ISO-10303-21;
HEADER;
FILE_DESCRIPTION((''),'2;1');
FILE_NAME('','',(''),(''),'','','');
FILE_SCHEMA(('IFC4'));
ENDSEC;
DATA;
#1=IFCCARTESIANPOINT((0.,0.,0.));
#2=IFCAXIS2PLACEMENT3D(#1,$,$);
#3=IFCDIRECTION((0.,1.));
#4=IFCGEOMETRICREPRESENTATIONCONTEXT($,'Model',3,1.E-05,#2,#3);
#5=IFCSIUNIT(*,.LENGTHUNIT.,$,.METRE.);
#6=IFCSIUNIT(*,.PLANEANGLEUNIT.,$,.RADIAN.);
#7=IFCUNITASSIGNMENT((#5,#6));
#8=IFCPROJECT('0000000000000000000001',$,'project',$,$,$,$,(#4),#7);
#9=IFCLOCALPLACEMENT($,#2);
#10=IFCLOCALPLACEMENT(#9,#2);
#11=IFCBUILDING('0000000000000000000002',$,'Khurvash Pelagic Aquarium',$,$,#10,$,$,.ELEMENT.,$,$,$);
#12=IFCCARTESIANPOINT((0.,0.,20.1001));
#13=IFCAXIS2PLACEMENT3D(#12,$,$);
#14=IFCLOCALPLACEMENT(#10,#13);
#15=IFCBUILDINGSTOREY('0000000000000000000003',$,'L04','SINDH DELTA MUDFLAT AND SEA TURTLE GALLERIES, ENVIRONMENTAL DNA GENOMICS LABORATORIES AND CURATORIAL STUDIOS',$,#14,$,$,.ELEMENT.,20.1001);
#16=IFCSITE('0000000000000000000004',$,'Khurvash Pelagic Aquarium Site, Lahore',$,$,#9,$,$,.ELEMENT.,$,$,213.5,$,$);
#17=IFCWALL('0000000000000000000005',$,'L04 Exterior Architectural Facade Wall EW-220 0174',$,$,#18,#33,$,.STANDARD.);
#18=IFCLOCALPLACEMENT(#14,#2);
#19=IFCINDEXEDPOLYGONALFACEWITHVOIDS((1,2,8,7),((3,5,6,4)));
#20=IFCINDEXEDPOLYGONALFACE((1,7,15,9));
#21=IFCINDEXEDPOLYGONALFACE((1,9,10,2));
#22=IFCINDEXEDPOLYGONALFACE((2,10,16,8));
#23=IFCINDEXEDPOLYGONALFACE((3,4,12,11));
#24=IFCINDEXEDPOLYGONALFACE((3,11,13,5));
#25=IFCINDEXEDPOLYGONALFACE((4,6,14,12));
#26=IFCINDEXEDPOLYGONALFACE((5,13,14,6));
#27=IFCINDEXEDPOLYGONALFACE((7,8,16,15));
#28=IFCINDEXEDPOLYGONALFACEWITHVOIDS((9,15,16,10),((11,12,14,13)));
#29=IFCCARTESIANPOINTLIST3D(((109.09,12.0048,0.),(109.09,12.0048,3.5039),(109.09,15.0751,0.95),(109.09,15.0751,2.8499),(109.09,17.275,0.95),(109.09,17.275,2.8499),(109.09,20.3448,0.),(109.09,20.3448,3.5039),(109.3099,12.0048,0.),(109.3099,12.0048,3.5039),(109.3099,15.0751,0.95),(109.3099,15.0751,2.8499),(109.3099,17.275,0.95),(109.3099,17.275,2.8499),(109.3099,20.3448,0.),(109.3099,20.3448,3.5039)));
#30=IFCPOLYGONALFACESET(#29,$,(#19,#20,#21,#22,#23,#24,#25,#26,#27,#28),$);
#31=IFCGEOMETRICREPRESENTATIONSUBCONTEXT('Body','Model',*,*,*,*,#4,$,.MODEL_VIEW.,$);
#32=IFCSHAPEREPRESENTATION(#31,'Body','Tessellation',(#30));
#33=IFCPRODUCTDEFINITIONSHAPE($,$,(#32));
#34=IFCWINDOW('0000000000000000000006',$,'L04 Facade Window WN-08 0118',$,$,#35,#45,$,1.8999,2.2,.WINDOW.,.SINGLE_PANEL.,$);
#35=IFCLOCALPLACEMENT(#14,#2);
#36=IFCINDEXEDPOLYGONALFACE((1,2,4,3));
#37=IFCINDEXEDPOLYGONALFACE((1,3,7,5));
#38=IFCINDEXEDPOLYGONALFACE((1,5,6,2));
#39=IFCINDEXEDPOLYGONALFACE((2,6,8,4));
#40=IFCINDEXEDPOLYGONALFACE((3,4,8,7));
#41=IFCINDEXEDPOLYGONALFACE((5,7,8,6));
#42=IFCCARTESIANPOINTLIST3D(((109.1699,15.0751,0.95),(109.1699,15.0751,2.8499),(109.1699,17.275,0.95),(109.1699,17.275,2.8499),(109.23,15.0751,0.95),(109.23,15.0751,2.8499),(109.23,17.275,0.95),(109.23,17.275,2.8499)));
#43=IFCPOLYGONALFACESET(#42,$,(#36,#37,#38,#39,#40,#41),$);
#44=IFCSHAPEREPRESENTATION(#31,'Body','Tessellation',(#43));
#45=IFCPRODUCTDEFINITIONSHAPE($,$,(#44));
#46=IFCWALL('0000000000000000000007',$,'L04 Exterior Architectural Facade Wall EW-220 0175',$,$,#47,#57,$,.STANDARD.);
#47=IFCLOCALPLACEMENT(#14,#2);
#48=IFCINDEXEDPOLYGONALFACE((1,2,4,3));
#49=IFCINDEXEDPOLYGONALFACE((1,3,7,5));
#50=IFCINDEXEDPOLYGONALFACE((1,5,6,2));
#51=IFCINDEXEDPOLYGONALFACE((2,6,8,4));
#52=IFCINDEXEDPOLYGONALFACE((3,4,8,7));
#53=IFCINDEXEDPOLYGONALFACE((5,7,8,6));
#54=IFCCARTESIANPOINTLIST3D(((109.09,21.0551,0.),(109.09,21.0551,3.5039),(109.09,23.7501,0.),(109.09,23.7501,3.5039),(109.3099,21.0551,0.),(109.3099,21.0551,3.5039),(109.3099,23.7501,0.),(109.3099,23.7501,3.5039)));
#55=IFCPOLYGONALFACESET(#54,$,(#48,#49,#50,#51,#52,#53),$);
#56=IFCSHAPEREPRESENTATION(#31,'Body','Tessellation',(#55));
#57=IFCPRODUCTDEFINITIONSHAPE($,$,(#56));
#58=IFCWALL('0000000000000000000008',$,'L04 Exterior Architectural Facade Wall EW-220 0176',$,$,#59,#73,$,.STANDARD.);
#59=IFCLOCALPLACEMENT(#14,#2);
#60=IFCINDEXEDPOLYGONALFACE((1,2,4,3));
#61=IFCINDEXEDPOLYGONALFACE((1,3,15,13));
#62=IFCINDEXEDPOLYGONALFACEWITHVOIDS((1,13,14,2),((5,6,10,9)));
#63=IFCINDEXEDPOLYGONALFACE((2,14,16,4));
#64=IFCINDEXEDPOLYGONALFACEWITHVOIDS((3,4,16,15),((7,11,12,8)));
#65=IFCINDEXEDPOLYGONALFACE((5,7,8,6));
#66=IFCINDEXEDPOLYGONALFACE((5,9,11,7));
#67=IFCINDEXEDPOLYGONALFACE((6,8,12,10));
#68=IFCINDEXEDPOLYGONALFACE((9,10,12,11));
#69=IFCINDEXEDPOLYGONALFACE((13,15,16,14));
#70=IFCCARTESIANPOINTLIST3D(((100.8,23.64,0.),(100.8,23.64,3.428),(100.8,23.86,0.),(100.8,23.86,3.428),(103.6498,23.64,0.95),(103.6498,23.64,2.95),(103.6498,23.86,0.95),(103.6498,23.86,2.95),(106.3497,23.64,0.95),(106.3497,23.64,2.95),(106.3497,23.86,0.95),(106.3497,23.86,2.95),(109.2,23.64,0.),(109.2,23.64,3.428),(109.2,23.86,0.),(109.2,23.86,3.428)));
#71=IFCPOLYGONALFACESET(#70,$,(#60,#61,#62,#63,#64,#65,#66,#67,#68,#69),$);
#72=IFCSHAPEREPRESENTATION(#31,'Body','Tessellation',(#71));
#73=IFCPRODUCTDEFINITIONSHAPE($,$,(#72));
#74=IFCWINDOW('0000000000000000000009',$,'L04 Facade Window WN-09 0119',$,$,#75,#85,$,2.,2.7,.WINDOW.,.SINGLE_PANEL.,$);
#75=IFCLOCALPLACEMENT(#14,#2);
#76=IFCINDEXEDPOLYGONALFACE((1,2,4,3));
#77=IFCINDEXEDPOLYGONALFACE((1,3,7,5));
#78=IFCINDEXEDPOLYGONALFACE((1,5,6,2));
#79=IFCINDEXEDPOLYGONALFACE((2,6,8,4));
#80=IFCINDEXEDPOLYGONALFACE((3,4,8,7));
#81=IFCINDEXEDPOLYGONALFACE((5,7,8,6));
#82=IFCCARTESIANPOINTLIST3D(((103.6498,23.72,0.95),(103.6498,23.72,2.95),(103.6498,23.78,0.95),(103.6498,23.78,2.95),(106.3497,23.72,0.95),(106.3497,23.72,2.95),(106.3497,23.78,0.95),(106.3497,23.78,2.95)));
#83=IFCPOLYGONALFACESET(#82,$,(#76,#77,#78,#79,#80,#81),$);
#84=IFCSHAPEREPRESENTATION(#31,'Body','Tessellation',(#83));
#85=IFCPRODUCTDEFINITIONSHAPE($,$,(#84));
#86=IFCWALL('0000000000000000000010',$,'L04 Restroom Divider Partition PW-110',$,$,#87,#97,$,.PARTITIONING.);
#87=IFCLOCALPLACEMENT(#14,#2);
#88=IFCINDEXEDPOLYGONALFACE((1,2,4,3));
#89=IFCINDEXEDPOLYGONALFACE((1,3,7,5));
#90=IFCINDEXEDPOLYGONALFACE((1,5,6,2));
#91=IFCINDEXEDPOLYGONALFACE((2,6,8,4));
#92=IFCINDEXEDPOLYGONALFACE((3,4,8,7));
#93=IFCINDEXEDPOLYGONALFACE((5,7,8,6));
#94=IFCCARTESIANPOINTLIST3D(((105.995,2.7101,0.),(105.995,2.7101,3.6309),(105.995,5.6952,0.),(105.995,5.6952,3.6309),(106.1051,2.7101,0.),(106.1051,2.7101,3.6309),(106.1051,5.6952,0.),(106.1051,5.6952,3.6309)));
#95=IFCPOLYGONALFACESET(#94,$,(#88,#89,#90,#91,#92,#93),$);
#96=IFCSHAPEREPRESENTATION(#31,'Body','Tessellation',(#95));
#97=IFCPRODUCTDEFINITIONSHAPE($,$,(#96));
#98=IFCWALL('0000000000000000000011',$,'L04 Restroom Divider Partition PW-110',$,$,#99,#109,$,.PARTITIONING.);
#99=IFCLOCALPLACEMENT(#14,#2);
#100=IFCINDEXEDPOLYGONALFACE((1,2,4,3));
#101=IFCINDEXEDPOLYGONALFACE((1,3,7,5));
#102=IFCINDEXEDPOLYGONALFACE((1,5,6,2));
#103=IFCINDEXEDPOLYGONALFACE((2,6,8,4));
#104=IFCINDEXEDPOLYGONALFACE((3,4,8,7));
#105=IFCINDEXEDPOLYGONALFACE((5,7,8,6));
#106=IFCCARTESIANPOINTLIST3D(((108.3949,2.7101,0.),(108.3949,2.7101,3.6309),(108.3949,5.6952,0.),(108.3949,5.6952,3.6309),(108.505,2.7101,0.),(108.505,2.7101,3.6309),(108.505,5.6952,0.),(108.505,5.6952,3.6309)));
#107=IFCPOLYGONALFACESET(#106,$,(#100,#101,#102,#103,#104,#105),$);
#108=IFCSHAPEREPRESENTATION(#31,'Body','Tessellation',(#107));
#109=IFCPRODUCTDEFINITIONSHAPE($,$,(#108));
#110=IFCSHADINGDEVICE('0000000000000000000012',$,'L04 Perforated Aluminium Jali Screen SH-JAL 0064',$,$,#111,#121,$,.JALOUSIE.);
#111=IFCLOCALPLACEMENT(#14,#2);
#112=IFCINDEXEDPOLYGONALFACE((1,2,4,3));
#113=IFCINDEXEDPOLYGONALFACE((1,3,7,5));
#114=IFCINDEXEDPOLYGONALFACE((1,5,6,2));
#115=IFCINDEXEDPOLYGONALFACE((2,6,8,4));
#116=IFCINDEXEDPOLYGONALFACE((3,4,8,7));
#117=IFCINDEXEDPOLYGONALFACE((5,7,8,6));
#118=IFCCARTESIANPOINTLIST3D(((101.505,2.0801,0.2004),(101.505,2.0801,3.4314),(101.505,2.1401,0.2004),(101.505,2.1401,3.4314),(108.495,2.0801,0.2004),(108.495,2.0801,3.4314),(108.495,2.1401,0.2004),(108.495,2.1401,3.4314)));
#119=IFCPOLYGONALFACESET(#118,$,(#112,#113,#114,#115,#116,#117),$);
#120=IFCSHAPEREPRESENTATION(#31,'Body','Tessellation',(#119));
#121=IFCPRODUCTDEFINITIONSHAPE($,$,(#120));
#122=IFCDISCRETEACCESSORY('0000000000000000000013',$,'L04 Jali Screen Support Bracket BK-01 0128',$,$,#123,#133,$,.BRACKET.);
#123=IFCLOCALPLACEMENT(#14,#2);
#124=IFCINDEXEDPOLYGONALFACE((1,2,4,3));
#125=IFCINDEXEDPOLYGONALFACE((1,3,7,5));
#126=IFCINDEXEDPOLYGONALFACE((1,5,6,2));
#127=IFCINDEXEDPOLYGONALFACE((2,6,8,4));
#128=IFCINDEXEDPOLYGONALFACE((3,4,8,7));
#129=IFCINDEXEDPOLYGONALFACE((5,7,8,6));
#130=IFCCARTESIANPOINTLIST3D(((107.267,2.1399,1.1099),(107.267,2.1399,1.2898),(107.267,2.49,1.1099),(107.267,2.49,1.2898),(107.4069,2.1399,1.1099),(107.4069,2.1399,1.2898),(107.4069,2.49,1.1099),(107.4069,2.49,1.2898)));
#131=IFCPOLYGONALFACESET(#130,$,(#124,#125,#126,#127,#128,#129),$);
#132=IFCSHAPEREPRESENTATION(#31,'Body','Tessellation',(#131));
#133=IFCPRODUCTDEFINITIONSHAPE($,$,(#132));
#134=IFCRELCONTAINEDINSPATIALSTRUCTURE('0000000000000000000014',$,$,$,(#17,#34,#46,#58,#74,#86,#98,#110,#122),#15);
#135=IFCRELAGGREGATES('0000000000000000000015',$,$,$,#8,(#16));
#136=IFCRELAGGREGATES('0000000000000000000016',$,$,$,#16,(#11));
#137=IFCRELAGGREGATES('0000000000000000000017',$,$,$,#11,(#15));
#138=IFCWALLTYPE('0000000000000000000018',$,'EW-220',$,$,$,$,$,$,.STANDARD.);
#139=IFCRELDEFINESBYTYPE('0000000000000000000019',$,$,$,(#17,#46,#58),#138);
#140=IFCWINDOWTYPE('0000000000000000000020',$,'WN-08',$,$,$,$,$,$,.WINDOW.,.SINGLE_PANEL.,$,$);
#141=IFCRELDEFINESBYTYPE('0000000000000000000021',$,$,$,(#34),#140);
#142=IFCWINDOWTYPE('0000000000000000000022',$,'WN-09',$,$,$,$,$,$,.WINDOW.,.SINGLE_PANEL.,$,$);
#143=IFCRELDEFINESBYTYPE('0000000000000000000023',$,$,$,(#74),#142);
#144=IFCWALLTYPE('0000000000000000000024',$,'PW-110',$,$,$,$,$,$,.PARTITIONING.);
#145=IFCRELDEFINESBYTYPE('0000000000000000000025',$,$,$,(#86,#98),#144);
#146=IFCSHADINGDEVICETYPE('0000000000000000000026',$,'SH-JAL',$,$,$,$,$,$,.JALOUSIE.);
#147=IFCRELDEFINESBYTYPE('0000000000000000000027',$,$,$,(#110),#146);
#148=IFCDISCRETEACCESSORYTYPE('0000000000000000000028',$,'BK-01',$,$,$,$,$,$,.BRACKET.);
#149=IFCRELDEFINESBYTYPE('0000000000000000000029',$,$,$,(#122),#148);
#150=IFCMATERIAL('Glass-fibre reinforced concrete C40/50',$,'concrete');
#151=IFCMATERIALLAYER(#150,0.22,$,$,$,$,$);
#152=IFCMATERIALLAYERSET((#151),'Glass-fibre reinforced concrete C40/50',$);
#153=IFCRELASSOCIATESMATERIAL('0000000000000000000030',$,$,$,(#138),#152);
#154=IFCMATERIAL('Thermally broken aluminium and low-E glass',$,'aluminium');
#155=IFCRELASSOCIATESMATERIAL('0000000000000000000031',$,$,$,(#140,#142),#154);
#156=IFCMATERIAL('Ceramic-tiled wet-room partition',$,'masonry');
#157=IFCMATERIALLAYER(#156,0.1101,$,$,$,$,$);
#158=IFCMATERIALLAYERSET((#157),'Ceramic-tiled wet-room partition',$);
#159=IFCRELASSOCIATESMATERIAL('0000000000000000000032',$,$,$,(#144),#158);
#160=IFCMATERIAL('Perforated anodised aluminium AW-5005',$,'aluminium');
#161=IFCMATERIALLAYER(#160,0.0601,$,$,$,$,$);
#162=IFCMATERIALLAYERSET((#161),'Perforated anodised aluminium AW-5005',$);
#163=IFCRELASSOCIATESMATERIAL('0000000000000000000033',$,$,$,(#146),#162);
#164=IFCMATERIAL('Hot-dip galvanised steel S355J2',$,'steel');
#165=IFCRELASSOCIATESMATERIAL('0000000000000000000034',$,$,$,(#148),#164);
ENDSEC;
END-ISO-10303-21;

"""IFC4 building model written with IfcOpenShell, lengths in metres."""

from ifc_helpers import new_model, si_unit, direction, frame, frame_2d, origin, origin_2d, place, context, subcontext, project, spatial, rectangle, extrude, material, layer, layer_set, type_object, element, fill, save


model = new_model("IFC4")

# Units and contexts
model_context = context("Model", 3, precision=1e-05, world=origin(), true_north=direction((0.0, 1.0)))
body_context = subcontext(model_context, "Body", "Model", "MODEL_VIEW")
ifc_project = project(units=[si_unit("LENGTHUNIT", "METRE"), si_unit("PLANEANGLEUNIT", "RADIAN")], contexts=[model_context])

# Site, building, storey
site_placement = place(None, origin())
site = spatial("IfcSite", under=ifc_project, at=site_placement, Name="Khurvash Pelagic Aquarium Site, Lahore", CompositionType="ELEMENT", RefElevation=213.5)
building_placement = place(site_placement, origin())
building = spatial("IfcBuilding", under=site, at=building_placement, Name="Khurvash Pelagic Aquarium", CompositionType="ELEMENT")
storey_placement = place(building_placement, frame((0.0, 0.0, 20.1001)))
storey = spatial("IfcBuildingStorey", under=building, at=storey_placement, Name="L04", Description="SINDH DELTA MUDFLAT AND SEA TURTLE GALLERIES, ENVIRONMENTAL DNA GENOMICS LABORATORIES AND CURATORIAL STUDIOS", CompositionType="ELEMENT", Elevation=20.1001)

# Wall, opening, window
ifc_material_1 = material(Name="Glass-fibre reinforced concrete C40/50", Category="concrete")
ifc_layer_1 = layer(ifc_material_1, 0.22)
ifc_layer_set_1 = layer_set([ifc_layer_1], Name="Glass-fibre reinforced concrete C40/50")
wall_type_1 = type_object("IfcWallType", Name="EW-220", PredefinedType="STANDARD", material=ifc_layer_set_1)
ifc_material_2 = material(Name="Thermally broken aluminium and low-E glass", Category="aluminium")
wall_1_placement = place(storey_placement, frame((109.2, 12.0049, 0.0), z_axis=(0.0, 0.0, 1.0), x_axis=(0.0, 1.0, 0.0)))
wall_1 = element("IfcWall", 1, at=wall_1_placement, inside=storey, type_object=wall_type_1, Name="L04 Exterior Architectural Facade Wall EW-220 0174", PredefinedType="STANDARD", context=body_context, shape_type="SweptSolid", body=[
    extrude(rectangle(XDim=8.3401, YDim=0.22, at=frame_2d((4.1699, 0.0))), origin(), (0.0, 0.0, 1.0), 3.5039),
])
opening_1_placement = place(wall_1_placement, frame((3.0701, 0.0, 0.95)))
opening_1 = element("IfcOpeningElement", 2, at=opening_1_placement, cuts=wall_1, PredefinedType="OPENING", context=body_context, shape_type="SweptSolid", body=[
    extrude(rectangle(XDim=2.2, YDim=1.8999, at=frame_2d((1.1001, 0.95))), frame((0.0, 0.1201, 0.0), z_axis=(0.0, -1.0, 0.0), x_axis=(1.0, 0.0, 0.0)), (0.0, 0.0, 1.0), 0.24),
])
window_type_1 = type_object("IfcWindowType", Name="WN-08", PartitioningType="SINGLE_PANEL", PredefinedType="WINDOW", material=ifc_material_2)
window_1_placement = place(opening_1_placement, origin())
window_1 = element("IfcWindow", 3, at=window_1_placement, inside=storey, type_object=window_type_1, Name="L04 Facade Window WN-08 0118", OverallHeight=1.8999, OverallWidth=2.2, PartitioningType="SINGLE_PANEL", PredefinedType="WINDOW", context=body_context, shape_type="SweptSolid", body=[
    extrude(rectangle(XDim=2.2, YDim=1.8999, at=frame_2d((1.1001, 0.95))), frame((0.0, 0.03, 0.0), z_axis=(0.0, -1.0, 0.0), x_axis=(1.0, 0.0, 0.0)), (0.0, 0.0, 1.0), 0.0601),
])
fill(opening_1, window_1)

# Wall
wall_2_placement = place(storey_placement, frame((109.2, 21.0549, 0.0), z_axis=(0.0, 0.0, 1.0), x_axis=(0.0, 1.0, 0.0)))
element("IfcWall", 4, at=wall_2_placement, inside=storey, type_object=wall_type_1, Name="L04 Exterior Architectural Facade Wall EW-220 0175", PredefinedType="STANDARD", context=body_context, shape_type="SweptSolid", body=[
    extrude(rectangle(XDim=2.6951, YDim=0.22, at=frame_2d((1.3477, 0.0))), origin(), (0.0, 0.0, 1.0), 3.5039),
])

# Wall, opening, window
wall_3_placement = place(storey_placement, frame((109.2, 23.75, 0.0), z_axis=(0.0, 0.0, 1.0), x_axis=(-1.0, 0.0, 0.0)))
wall_3 = element("IfcWall", 5, at=wall_3_placement, inside=storey, type_object=wall_type_1, Name="L04 Exterior Architectural Facade Wall EW-220 0176", PredefinedType="STANDARD", context=body_context, shape_type="SweptSolid", body=[
    extrude(rectangle(XDim=8.3999, YDim=0.22, at=frame_2d((4.2, 0.0))), origin(), (0.0, 0.0, 1.0), 3.428),
])
opening_2_placement = place(wall_3_placement, frame((2.8501, 0.0, 0.95)))
opening_2 = element("IfcOpeningElement", 6, at=opening_2_placement, cuts=wall_3, PredefinedType="OPENING", context=body_context, shape_type="SweptSolid", body=[
    extrude(rectangle(XDim=2.7, YDim=2.0, at=frame_2d((1.3501, 1.0))), frame((0.0, 0.1201, 0.0), z_axis=(0.0, -1.0, 0.0), x_axis=(1.0, 0.0, 0.0)), (0.0, 0.0, 1.0), 0.24),
])
window_type_2 = type_object("IfcWindowType", Name="WN-09", PartitioningType="SINGLE_PANEL", PredefinedType="WINDOW", material=ifc_material_2)
window_2_placement = place(opening_2_placement, origin())
window_2 = element("IfcWindow", 7, at=window_2_placement, inside=storey, type_object=window_type_2, Name="L04 Facade Window WN-09 0119", OverallHeight=2.0, OverallWidth=2.7, PartitioningType="SINGLE_PANEL", PredefinedType="WINDOW", context=body_context, shape_type="SweptSolid", body=[
    extrude(rectangle(XDim=2.7, YDim=2.0, at=frame_2d((1.3501, 1.0))), frame((0.0, 0.03, 0.0), z_axis=(0.0, -1.0, 0.0), x_axis=(1.0, 0.0, 0.0)), (0.0, 0.0, 1.0), 0.0601),
])
fill(opening_2, window_2)

# Walls
ifc_material_3 = material(Name="Ceramic-tiled wet-room partition", Category="masonry")
ifc_layer_2 = layer(ifc_material_3, 0.1101)
ifc_layer_set_2 = layer_set([ifc_layer_2], Name="Ceramic-tiled wet-room partition")
wall_type_2 = type_object("IfcWallType", Name="PW-110", PredefinedType="PARTITIONING", material=ifc_layer_set_2)
for number, where, z_axis, x_axis, name in (
    (8, (106.05, 2.71, 0.0), (0.0, 0.0, 1.0), (0.0, 1.0, 0.0), "L04 Restroom Divider Partition PW-110"),
    (9, (108.45, 2.71, 0.0), (0.0, 0.0, 1.0), (0.0, 1.0, 0.0), "L04 Restroom Divider Partition PW-110"),
):
    element("IfcWall", number, at=place(storey_placement, frame(where, z_axis=z_axis, x_axis=x_axis)), inside=storey, type_object=wall_type_2, Name=name, PredefinedType="PARTITIONING", context=body_context, shape_type="SweptSolid", body=[
        extrude(rectangle(XDim=2.9851, YDim=0.1101, at=frame_2d((1.4927, 0.0))), origin(), (0.0, 0.0, 1.0), 3.6309),
    ])

# Shading device
ifc_material_4 = material(Name="Perforated anodised aluminium AW-5005", Category="aluminium")
ifc_layer_3 = layer(ifc_material_4, 0.0601)
ifc_layer_set_3 = layer_set([ifc_layer_3], Name="Perforated anodised aluminium AW-5005")
shading_device_type = type_object("IfcShadingDeviceType", Name="SH-JAL", PredefinedType="JALOUSIE", material=ifc_layer_set_3)
shading_device_placement = place(storey_placement, frame((105.0, 2.1101, 0.2004), z_axis=(0.0, 0.0, 1.0), x_axis=(1.0, 0.0, 0.0)))
element("IfcShadingDevice", 10, at=shading_device_placement, inside=storey, type_object=shading_device_type, Name="L04 Perforated Aluminium Jali Screen SH-JAL 0064", PredefinedType="JALOUSIE", context=body_context, shape_type="SweptSolid", body=[
    extrude(rectangle(XDim=6.99, YDim=0.0601, at=origin_2d()), origin(), (0.0, 0.0, 1.0), 3.231),
])

# Discrete accessory
ifc_material_5 = material(Name="Hot-dip galvanised steel S355J2", Category="steel")
discrete_accessory_type = type_object("IfcDiscreteAccessoryType", Name="BK-01", PredefinedType="BRACKET", material=ifc_material_5)
discrete_accessory_placement = place(storey_placement, frame((107.3369, 2.3149, 1.1099), z_axis=(0.0, 0.0, 1.0), x_axis=(1.0, 0.0, 0.0)))
element("IfcDiscreteAccessory", 11, at=discrete_accessory_placement, inside=storey, type_object=discrete_accessory_type, Name="L04 Jali Screen Support Bracket BK-01 0128", PredefinedType="BRACKET", context=body_context, shape_type="SweptSolid", body=[
    extrude(rectangle(XDim=0.1399, YDim=0.3501, at=origin_2d()), origin(), (0.0, 0.0, 1.0), 0.1799),
])

save(model, "model.ifc")
